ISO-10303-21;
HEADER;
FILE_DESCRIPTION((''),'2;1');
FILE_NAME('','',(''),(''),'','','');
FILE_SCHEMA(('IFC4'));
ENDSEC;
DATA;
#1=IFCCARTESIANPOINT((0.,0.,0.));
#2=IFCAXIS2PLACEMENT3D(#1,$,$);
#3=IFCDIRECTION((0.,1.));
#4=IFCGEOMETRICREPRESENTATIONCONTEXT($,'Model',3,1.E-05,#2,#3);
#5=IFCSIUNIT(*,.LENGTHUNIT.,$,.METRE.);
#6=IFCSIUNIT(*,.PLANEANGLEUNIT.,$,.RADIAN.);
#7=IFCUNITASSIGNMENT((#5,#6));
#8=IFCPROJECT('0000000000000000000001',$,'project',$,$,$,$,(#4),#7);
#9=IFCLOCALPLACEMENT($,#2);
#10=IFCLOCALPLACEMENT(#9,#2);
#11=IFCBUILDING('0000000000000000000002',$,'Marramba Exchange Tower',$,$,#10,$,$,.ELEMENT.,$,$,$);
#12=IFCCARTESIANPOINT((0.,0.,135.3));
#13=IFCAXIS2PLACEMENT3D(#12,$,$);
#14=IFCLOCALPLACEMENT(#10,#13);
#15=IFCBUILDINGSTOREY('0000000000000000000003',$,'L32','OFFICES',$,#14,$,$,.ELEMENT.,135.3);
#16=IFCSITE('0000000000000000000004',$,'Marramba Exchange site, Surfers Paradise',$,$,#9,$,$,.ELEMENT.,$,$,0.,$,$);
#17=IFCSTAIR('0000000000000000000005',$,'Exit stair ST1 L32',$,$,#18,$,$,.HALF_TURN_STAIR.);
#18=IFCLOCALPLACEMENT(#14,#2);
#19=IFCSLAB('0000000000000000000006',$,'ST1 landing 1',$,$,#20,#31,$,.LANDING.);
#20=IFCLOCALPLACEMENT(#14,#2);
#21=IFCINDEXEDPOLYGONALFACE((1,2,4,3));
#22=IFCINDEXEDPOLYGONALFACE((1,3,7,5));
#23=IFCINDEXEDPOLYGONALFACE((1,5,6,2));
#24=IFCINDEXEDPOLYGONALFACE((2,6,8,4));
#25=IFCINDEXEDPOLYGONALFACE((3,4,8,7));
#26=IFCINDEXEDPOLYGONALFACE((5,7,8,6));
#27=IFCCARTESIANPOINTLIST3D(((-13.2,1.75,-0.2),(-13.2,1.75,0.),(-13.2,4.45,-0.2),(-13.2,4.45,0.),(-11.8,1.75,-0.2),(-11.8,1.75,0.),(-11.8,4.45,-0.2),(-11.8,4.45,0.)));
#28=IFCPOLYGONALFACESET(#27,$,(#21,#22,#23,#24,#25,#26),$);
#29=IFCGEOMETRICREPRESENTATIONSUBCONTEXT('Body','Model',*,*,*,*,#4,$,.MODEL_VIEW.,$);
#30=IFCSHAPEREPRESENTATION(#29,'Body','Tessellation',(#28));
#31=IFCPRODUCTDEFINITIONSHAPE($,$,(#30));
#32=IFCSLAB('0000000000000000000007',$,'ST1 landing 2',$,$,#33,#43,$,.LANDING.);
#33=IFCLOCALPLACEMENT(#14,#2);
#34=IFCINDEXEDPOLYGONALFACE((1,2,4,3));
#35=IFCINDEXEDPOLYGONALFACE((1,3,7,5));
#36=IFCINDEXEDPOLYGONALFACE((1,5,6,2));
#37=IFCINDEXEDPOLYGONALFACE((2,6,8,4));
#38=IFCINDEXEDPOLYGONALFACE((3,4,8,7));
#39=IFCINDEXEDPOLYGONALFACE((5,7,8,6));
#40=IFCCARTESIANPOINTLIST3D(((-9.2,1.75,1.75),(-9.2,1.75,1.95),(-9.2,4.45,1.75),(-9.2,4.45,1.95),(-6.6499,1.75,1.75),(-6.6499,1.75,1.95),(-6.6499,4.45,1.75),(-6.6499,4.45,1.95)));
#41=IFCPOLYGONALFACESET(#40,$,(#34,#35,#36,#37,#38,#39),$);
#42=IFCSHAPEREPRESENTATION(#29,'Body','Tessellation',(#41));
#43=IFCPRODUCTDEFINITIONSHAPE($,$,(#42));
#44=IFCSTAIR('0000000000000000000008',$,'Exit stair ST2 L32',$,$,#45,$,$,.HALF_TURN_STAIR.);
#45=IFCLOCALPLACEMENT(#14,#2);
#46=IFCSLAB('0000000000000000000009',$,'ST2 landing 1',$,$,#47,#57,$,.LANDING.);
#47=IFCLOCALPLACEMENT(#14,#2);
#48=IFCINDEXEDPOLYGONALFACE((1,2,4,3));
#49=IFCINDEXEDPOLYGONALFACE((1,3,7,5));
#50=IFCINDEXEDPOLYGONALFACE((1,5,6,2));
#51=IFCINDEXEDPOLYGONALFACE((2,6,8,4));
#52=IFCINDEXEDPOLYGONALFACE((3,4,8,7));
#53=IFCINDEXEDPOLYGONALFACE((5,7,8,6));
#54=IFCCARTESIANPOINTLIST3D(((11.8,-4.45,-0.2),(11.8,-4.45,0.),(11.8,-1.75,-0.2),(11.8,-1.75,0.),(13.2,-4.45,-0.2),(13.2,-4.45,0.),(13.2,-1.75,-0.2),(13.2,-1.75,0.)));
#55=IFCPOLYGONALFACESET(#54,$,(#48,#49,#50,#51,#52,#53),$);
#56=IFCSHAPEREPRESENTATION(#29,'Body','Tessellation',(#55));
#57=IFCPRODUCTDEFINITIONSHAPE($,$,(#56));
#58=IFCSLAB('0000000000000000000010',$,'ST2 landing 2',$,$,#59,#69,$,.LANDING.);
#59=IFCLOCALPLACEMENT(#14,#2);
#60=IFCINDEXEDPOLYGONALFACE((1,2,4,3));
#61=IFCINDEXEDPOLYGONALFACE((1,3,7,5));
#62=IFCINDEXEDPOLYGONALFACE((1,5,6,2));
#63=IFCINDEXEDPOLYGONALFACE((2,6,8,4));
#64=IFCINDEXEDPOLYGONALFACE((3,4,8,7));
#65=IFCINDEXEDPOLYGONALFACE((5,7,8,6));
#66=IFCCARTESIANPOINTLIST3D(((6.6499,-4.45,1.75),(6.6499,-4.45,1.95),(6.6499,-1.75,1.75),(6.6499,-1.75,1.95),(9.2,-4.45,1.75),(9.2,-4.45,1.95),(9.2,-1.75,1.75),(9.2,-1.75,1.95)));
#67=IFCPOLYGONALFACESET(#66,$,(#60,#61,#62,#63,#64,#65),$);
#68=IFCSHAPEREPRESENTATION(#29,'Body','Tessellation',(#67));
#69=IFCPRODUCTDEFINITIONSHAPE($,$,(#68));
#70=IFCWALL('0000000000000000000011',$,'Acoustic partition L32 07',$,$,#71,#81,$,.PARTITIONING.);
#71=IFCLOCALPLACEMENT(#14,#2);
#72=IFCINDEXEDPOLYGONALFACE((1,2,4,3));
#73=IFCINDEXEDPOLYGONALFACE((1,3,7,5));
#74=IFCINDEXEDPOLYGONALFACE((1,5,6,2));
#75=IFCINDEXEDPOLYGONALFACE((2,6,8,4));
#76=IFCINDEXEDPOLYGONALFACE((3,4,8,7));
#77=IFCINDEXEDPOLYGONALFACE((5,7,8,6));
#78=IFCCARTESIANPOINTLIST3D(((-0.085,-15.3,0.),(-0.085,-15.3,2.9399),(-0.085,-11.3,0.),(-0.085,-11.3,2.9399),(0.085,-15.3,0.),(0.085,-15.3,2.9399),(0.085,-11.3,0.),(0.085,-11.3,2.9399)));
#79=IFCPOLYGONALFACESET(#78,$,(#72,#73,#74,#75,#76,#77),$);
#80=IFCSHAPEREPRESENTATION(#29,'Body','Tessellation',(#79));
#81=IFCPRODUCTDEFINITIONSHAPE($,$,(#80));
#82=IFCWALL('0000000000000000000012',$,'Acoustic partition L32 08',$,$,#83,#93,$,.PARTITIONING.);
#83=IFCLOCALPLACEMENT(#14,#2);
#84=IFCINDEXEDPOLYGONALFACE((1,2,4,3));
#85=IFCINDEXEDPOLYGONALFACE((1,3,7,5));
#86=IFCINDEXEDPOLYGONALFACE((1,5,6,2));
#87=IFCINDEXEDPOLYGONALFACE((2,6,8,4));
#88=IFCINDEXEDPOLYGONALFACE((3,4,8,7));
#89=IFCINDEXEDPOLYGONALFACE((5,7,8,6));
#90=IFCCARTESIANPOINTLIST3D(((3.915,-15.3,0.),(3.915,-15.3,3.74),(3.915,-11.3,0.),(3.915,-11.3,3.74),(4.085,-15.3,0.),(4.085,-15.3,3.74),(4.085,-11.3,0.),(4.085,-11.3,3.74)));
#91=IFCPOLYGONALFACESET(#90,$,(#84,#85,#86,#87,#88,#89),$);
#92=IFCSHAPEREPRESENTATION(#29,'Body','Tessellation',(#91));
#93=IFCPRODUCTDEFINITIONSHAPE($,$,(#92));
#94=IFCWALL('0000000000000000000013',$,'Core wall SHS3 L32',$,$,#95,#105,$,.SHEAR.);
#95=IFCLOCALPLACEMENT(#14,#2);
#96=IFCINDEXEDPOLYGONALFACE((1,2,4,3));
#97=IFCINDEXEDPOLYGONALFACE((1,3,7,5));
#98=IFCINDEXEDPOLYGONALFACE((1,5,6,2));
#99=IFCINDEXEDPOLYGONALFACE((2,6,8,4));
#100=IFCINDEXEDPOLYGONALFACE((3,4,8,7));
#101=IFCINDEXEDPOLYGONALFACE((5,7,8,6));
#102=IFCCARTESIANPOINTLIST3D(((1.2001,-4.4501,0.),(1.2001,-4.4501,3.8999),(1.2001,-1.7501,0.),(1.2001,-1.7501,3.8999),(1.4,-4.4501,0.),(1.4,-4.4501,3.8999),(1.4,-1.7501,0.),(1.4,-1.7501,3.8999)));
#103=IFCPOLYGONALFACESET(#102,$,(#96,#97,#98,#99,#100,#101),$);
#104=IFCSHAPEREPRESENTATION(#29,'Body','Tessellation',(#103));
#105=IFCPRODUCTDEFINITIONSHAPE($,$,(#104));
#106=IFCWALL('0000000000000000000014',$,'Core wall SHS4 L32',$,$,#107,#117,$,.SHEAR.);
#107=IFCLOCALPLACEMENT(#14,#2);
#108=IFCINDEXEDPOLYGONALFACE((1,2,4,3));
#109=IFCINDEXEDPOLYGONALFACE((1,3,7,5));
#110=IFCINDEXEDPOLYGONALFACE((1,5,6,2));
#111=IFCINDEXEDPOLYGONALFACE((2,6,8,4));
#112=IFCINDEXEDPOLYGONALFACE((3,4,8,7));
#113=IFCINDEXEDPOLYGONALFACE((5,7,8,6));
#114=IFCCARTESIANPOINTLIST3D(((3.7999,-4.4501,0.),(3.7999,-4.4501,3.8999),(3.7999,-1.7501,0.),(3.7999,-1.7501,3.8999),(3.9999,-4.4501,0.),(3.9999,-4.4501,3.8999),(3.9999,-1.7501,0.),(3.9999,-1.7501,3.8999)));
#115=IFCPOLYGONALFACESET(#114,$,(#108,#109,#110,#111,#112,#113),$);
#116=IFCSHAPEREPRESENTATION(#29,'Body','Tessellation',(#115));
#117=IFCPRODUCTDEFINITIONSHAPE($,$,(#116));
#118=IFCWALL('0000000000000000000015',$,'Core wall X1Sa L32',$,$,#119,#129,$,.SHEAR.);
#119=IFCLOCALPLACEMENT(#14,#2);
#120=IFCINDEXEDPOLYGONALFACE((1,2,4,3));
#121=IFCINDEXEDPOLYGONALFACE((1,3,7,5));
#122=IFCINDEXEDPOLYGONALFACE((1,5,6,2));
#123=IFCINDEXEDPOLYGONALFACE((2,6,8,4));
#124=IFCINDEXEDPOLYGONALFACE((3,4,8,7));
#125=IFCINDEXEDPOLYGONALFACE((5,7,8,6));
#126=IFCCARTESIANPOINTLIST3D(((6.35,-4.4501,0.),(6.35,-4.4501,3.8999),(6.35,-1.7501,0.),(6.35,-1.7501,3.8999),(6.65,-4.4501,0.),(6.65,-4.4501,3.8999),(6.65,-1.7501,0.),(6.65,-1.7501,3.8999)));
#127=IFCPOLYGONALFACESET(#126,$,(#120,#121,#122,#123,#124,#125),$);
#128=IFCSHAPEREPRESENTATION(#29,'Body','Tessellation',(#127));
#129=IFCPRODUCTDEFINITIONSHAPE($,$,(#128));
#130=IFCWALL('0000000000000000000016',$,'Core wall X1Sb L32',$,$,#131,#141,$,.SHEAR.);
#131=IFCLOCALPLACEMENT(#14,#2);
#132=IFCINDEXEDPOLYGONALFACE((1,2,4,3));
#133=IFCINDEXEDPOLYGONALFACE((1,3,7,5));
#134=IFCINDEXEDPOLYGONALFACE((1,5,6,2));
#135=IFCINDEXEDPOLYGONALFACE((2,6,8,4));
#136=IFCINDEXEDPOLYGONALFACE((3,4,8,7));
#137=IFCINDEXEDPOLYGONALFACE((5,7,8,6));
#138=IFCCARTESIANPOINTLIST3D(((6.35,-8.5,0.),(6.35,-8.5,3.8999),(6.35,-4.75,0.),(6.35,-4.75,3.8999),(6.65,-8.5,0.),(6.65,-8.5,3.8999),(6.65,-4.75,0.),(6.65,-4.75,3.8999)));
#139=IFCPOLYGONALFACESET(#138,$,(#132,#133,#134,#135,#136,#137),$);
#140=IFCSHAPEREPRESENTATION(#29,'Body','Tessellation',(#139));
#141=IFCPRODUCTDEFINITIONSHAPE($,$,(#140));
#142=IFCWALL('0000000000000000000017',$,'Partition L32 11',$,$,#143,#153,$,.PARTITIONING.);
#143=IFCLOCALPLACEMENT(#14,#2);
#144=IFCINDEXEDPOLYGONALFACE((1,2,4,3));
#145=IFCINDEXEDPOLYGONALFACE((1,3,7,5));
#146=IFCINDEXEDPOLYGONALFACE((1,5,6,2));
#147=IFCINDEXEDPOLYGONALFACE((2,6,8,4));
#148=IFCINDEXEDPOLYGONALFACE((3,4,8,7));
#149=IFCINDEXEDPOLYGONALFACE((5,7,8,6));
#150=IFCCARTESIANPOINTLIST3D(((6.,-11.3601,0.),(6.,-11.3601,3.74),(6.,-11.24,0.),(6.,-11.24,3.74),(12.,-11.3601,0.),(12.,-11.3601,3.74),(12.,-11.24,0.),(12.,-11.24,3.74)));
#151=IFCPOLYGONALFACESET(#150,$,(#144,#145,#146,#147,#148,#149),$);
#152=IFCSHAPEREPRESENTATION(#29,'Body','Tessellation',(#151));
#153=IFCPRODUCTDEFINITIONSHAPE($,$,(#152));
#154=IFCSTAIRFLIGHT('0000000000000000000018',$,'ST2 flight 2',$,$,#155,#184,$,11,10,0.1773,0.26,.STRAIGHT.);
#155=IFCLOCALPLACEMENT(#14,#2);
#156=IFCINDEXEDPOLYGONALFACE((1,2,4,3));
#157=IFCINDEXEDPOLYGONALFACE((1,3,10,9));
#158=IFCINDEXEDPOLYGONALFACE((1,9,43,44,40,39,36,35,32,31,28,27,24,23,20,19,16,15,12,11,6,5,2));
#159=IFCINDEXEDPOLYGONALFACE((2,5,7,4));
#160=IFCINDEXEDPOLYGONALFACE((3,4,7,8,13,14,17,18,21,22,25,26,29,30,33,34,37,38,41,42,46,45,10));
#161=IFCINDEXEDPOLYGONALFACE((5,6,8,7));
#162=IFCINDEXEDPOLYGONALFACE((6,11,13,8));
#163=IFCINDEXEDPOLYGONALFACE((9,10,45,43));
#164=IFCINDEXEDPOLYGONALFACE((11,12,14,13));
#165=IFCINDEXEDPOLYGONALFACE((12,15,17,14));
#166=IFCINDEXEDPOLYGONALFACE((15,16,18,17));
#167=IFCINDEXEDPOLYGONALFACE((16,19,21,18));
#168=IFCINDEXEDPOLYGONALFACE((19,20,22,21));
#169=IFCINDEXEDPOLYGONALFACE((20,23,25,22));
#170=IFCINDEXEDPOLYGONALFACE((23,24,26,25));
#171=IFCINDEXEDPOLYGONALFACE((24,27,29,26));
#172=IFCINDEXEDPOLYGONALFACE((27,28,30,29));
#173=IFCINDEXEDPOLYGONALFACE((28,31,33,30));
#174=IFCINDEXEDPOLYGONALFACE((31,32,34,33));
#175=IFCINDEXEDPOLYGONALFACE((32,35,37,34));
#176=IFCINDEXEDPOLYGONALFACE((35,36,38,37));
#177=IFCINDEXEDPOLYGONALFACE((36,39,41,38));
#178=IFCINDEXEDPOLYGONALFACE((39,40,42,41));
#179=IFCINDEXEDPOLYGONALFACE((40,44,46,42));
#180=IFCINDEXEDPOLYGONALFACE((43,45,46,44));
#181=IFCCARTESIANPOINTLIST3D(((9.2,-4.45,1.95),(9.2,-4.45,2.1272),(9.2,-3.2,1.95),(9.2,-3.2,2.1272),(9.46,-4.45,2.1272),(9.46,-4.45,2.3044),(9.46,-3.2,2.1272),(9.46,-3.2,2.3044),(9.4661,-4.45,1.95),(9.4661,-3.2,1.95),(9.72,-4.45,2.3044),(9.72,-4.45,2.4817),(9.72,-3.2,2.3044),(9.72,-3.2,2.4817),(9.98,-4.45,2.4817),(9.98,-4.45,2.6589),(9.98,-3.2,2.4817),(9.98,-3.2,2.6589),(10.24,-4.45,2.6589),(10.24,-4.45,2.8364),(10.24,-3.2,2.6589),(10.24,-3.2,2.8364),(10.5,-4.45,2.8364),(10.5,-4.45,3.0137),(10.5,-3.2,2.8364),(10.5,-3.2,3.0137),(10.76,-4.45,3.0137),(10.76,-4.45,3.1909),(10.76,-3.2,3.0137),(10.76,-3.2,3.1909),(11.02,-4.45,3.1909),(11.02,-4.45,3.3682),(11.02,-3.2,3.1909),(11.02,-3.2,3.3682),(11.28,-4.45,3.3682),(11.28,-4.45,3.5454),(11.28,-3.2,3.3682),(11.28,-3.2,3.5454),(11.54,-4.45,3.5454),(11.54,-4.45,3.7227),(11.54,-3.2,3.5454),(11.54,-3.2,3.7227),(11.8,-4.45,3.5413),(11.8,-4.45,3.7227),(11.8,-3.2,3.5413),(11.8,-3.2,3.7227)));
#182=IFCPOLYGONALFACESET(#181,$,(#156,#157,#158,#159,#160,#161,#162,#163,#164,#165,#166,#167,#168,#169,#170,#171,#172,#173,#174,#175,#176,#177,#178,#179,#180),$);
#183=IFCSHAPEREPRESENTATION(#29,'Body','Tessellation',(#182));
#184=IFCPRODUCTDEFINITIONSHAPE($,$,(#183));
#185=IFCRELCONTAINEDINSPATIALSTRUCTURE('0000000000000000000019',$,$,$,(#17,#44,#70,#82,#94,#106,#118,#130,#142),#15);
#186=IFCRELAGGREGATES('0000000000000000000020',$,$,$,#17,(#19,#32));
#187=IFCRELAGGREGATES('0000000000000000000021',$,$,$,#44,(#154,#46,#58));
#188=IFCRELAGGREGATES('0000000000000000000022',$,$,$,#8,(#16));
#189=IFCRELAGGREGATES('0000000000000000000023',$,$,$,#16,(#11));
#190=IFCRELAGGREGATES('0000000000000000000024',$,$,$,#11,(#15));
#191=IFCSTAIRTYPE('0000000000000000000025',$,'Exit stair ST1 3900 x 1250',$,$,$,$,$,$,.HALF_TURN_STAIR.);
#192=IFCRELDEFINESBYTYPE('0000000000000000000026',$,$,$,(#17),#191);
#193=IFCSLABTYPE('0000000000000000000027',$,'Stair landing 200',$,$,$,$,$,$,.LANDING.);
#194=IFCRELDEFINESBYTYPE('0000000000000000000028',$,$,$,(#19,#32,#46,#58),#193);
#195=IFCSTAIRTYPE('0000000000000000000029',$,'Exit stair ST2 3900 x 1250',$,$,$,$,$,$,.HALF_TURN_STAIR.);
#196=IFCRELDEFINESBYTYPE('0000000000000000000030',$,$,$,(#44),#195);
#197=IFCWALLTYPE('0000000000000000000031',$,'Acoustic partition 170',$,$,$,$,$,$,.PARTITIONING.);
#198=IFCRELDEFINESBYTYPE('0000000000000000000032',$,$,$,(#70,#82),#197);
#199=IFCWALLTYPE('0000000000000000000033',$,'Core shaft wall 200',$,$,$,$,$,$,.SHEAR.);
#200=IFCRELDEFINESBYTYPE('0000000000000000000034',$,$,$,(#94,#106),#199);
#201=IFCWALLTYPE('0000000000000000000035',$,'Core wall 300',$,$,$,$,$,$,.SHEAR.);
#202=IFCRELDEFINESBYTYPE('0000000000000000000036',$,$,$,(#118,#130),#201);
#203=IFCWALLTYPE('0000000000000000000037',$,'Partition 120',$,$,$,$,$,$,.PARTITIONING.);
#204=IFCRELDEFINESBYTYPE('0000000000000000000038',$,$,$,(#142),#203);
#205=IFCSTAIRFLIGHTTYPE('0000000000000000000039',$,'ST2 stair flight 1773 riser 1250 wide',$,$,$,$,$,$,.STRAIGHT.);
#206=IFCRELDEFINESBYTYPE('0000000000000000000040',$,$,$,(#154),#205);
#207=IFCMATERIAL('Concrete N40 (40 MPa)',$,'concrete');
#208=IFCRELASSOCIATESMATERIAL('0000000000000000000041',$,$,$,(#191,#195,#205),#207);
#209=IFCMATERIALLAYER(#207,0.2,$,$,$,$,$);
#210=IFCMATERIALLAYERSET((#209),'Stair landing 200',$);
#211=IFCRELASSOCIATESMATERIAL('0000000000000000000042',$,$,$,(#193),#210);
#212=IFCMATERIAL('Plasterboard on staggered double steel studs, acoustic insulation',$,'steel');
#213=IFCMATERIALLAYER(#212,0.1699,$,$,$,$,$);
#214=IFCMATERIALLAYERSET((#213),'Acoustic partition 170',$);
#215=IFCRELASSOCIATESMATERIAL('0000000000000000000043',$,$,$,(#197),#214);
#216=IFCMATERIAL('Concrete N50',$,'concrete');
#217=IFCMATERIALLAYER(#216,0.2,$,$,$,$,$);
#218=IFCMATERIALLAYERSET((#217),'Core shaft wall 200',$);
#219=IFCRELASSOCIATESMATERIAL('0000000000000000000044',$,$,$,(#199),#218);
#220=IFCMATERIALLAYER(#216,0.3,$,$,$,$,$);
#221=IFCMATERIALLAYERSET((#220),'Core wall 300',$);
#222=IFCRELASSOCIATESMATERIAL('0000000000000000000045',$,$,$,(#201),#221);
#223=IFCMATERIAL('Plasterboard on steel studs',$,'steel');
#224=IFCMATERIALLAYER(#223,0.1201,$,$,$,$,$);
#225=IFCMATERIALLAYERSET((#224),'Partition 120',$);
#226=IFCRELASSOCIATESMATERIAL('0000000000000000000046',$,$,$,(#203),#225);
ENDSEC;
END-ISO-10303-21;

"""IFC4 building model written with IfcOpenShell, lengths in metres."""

from ifc_helpers import new_model, si_unit, direction, frame, frame_2d, origin, place, context, subcontext, project, spatial, polyline, rectangle, outline, extrude, material, layer, layer_set, type_object, element, aggregate, save


model = new_model("IFC4")

# Units and contexts
model_context = context("Model", 3, precision=1e-05, world=origin(), true_north=direction((0.0, 1.0)))
body_context = subcontext(model_context, "Body", "Model", "MODEL_VIEW")
ifc_project = project(units=[si_unit("LENGTHUNIT", "METRE"), si_unit("PLANEANGLEUNIT", "RADIAN")], contexts=[model_context])

# Site, building, storey
site_placement = place(None, origin())
site = spatial("IfcSite", under=ifc_project, at=site_placement, Name="Marramba Exchange site, Surfers Paradise", CompositionType="ELEMENT", RefElevation=0.0)
building_placement = place(site_placement, origin())
building = spatial("IfcBuilding", under=site, at=building_placement, Name="Marramba Exchange Tower", CompositionType="ELEMENT")
storey_placement = place(building_placement, frame((0.0, 0.0, 135.3)))
storey = spatial("IfcBuildingStorey", under=building, at=storey_placement, Name="L32", Description="OFFICES", CompositionType="ELEMENT", Elevation=135.3)

# Stairs, slabs
ifc_material_1 = material(Name="Concrete N40 (40 MPa)", Category="concrete")
stair_type_1 = type_object("IfcStairType", Name="Exit stair ST1 3900 x 1250", PredefinedType="HALF_TURN_STAIR", material=ifc_material_1)
stair_1_placement = place(storey_placement, origin())
stair_1 = element("IfcStair", 1, at=stair_1_placement, inside=storey, type_object=stair_type_1, Name="Exit stair ST1 L32", PredefinedType="HALF_TURN_STAIR")
ifc_layer_1 = layer(ifc_material_1, 0.2)
ifc_layer_set_1 = layer_set([ifc_layer_1], Name="Stair landing 200")
slab_type = type_object("IfcSlabType", Name="Stair landing 200", PredefinedType="LANDING", material=ifc_layer_set_1)
slab_1_placement = place(storey_placement, frame((0.0, 0.0, -0.2)))
slab_1 = element("IfcSlab", 2, at=slab_1_placement, type_object=slab_type, Name="ST1 landing 1", PredefinedType="LANDING", context=body_context, shape_type="SweptSolid", body=[
    extrude(outline(polyline([(-13.2, 1.75), (-11.8, 1.75), (-11.8, 4.45), (-13.2, 4.45), (-13.2, 1.75)])), origin(), (0.0, 0.0, 1.0), 0.2),
])
slab_2_placement = place(storey_placement, frame((0.0, 0.0, 1.75)))
slab_2 = element("IfcSlab", 3, at=slab_2_placement, type_object=slab_type, Name="ST1 landing 2", PredefinedType="LANDING", context=body_context, shape_type="SweptSolid", body=[
    extrude(outline(polyline([(-9.2, 1.75), (-6.6499, 1.75), (-6.6499, 4.45), (-9.2, 4.45), (-9.2, 1.75)])), origin(), (0.0, 0.0, 1.0), 0.2),
])
aggregate(stair_1, [slab_1, slab_2])
stair_type_2 = type_object("IfcStairType", Name="Exit stair ST2 3900 x 1250", PredefinedType="HALF_TURN_STAIR", material=ifc_material_1)
stair_2_placement = place(storey_placement, origin())
stair_2 = element("IfcStair", 4, at=stair_2_placement, inside=storey, type_object=stair_type_2, Name="Exit stair ST2 L32", PredefinedType="HALF_TURN_STAIR")
slab_3_placement = place(storey_placement, frame((0.0, 0.0, -0.2)))
slab_3 = element("IfcSlab", 5, at=slab_3_placement, type_object=slab_type, Name="ST2 landing 1", PredefinedType="LANDING", context=body_context, shape_type="SweptSolid", body=[
    extrude(outline(polyline([(11.8, -4.45), (13.2, -4.45), (13.2, -1.75), (11.8, -1.75), (11.8, -4.45)])), origin(), (0.0, 0.0, 1.0), 0.2),
])
slab_4_placement = place(storey_placement, frame((0.0, 0.0, 1.75)))
slab_4 = element("IfcSlab", 6, at=slab_4_placement, type_object=slab_type, Name="ST2 landing 2", PredefinedType="LANDING", context=body_context, shape_type="SweptSolid", body=[
    extrude(outline(polyline([(6.6499, -4.45), (9.2, -4.45), (9.2, -1.75), (6.6499, -1.75), (6.6499, -4.45)])), origin(), (0.0, 0.0, 1.0), 0.2),
])

# Walls
ifc_material_2 = material(Name="Plasterboard on staggered double steel studs, acoustic insulation", Category="steel")
ifc_layer_2 = layer(ifc_material_2, 0.1699)
ifc_layer_set_2 = layer_set([ifc_layer_2], Name="Acoustic partition 170")
wall_type_1 = type_object("IfcWallType", Name="Acoustic partition 170", PredefinedType="PARTITIONING", material=ifc_layer_set_2)
wall_1_placement = place(storey_placement, frame((0.0, -11.3, 0.0), z_axis=(0.0, 0.0, 1.0), x_axis=(0.0, -1.0, 0.0)))
element("IfcWall", 7, at=wall_1_placement, inside=storey, type_object=wall_type_1, Name="Acoustic partition L32 07", PredefinedType="PARTITIONING", context=body_context, shape_type="SweptSolid", body=[
    extrude(rectangle(XDim=4.0, YDim=0.1699, at=frame_2d((2.0, 0.0))), origin(), (0.0, 0.0, 1.0), 2.9399),
])
wall_2_placement = place(storey_placement, frame((4.0, -11.3, 0.0), z_axis=(0.0, 0.0, 1.0), x_axis=(0.0, -1.0, 0.0)))
element("IfcWall", 8, at=wall_2_placement, inside=storey, type_object=wall_type_1, Name="Acoustic partition L32 08", PredefinedType="PARTITIONING", context=body_context, shape_type="SweptSolid", body=[
    extrude(rectangle(XDim=4.0, YDim=0.1699, at=frame_2d((2.0, 0.0))), origin(), (0.0, 0.0, 1.0), 3.74),
])
ifc_material_3 = material(Name="Concrete N50", Category="concrete")
ifc_layer_3 = layer(ifc_material_3, 0.2)
ifc_layer_set_3 = layer_set([ifc_layer_3], Name="Core shaft wall 200")
wall_type_2 = type_object("IfcWallType", Name="Core shaft wall 200", PredefinedType="SHEAR", material=ifc_layer_set_3)
for number, where, z_axis, x_axis, name in (
    (9, (1.3, -1.75, 0.0), (0.0, 0.0, 1.0), (0.0, -1.0, 0.0), "Core wall SHS3 L32"),
    (10, (3.8999, -1.75, 0.0), (0.0, 0.0, 1.0), (0.0, -1.0, 0.0), "Core wall SHS4 L32"),
):
    element("IfcWall", number, at=place(storey_placement, frame(where, z_axis=z_axis, x_axis=x_axis)), inside=storey, type_object=wall_type_2, Name=name, PredefinedType="SHEAR", context=body_context, shape_type="SweptSolid", body=[
        extrude(rectangle(XDim=2.7, YDim=0.2, at=frame_2d((1.3501, 0.0))), origin(), (0.0, 0.0, 1.0), 3.8999),
    ])
ifc_layer_4 = layer(ifc_material_3, 0.3)
ifc_layer_set_4 = layer_set([ifc_layer_4], Name="Core wall 300")
wall_type_3 = type_object("IfcWallType", Name="Core wall 300", PredefinedType="SHEAR", material=ifc_layer_set_4)
wall_3_placement = place(storey_placement, frame((6.5, -1.75, 0.0), z_axis=(0.0, 0.0, 1.0), x_axis=(0.0, -1.0, 0.0)))
element("IfcWall", 11, at=wall_3_placement, inside=storey, type_object=wall_type_3, Name="Core wall X1Sa L32", PredefinedType="SHEAR", context=body_context, shape_type="SweptSolid", body=[
    extrude(rectangle(XDim=2.7, YDim=0.3, at=frame_2d((1.3501, 0.0))), origin(), (0.0, 0.0, 1.0), 3.8999),
])
wall_4_placement = place(storey_placement, frame((6.5, -4.75, 0.0), z_axis=(0.0, 0.0, 1.0), x_axis=(0.0, -1.0, 0.0)))
element("IfcWall", 12, at=wall_4_placement, inside=storey, type_object=wall_type_3, Name="Core wall X1Sb L32", PredefinedType="SHEAR", context=body_context, shape_type="SweptSolid", body=[
    extrude(rectangle(XDim=3.75, YDim=0.3, at=frame_2d((1.875, 0.0))), origin(), (0.0, 0.0, 1.0), 3.8999),
])
ifc_material_4 = material(Name="Plasterboard on steel studs", Category="steel")
ifc_layer_5 = layer(ifc_material_4, 0.1201)
ifc_layer_set_5 = layer_set([ifc_layer_5], Name="Partition 120")
wall_type_4 = type_object("IfcWallType", Name="Partition 120", PredefinedType="PARTITIONING", material=ifc_layer_set_5)
wall_5_placement = place(storey_placement, frame((6.0, -11.3, 0.0), z_axis=(0.0, 0.0, 1.0), x_axis=(1.0, 0.0, 0.0)))
element("IfcWall", 13, at=wall_5_placement, inside=storey, type_object=wall_type_4, Name="Partition L32 11", PredefinedType="PARTITIONING", context=body_context, shape_type="SweptSolid", body=[
    extrude(rectangle(XDim=6.0, YDim=0.1201, at=frame_2d((3.0, 0.0))), origin(), (0.0, 0.0, 1.0), 3.74),
])

# Stair flight
stair_flight_type = type_object("IfcStairFlightType", Name="ST2 stair flight 1773 riser 1250 wide", PredefinedType="STRAIGHT", material=ifc_material_1)
stair_flight_placement = place(storey_placement, frame((9.2, -3.825, 1.95), z_axis=(0.0, 0.0, 1.0), x_axis=(1.0, 0.0, 0.0)))
stair_flight = element("IfcStairFlight", 14, at=stair_flight_placement, type_object=stair_flight_type, Name="ST2 flight 2", NumberOfRisers=11, NumberOfTreads=10, PredefinedType="STRAIGHT", RiserHeight=0.1773, TreadLength=0.26, context=body_context, shape_type="SweptSolid", body=[
    extrude(outline(polyline([(0.0, 0.0), (0.0, 0.1772), (0.26, 0.1772), (0.26, 0.3545), (0.52, 0.3545), (0.52, 0.5317), (0.78, 0.5317), (0.78, 0.709), (1.04, 0.709), (1.04, 0.8865), (1.3, 0.8865), (1.3, 1.0637), (1.5601, 1.0637), (1.5601, 1.241), (1.8201, 1.241), (1.8201, 1.4182), (2.0801, 1.4182), (2.0801, 1.5955), (2.3401, 1.5955), (2.3401, 1.7727), (2.6001, 1.7727), (2.6001, 1.95), (2.6001, 1.5913), (0.2661, 0.0), (0.0, 0.0)])), frame((0.0, 0.625, 0.0), z_axis=(0.0, -1.0, 0.0), x_axis=(1.0, 0.0, 0.0)), (0.0, 0.0, 1.0), 1.25),
])
aggregate(stair_2, [stair_flight, slab_3, slab_4])

save(model, "model.ifc")
